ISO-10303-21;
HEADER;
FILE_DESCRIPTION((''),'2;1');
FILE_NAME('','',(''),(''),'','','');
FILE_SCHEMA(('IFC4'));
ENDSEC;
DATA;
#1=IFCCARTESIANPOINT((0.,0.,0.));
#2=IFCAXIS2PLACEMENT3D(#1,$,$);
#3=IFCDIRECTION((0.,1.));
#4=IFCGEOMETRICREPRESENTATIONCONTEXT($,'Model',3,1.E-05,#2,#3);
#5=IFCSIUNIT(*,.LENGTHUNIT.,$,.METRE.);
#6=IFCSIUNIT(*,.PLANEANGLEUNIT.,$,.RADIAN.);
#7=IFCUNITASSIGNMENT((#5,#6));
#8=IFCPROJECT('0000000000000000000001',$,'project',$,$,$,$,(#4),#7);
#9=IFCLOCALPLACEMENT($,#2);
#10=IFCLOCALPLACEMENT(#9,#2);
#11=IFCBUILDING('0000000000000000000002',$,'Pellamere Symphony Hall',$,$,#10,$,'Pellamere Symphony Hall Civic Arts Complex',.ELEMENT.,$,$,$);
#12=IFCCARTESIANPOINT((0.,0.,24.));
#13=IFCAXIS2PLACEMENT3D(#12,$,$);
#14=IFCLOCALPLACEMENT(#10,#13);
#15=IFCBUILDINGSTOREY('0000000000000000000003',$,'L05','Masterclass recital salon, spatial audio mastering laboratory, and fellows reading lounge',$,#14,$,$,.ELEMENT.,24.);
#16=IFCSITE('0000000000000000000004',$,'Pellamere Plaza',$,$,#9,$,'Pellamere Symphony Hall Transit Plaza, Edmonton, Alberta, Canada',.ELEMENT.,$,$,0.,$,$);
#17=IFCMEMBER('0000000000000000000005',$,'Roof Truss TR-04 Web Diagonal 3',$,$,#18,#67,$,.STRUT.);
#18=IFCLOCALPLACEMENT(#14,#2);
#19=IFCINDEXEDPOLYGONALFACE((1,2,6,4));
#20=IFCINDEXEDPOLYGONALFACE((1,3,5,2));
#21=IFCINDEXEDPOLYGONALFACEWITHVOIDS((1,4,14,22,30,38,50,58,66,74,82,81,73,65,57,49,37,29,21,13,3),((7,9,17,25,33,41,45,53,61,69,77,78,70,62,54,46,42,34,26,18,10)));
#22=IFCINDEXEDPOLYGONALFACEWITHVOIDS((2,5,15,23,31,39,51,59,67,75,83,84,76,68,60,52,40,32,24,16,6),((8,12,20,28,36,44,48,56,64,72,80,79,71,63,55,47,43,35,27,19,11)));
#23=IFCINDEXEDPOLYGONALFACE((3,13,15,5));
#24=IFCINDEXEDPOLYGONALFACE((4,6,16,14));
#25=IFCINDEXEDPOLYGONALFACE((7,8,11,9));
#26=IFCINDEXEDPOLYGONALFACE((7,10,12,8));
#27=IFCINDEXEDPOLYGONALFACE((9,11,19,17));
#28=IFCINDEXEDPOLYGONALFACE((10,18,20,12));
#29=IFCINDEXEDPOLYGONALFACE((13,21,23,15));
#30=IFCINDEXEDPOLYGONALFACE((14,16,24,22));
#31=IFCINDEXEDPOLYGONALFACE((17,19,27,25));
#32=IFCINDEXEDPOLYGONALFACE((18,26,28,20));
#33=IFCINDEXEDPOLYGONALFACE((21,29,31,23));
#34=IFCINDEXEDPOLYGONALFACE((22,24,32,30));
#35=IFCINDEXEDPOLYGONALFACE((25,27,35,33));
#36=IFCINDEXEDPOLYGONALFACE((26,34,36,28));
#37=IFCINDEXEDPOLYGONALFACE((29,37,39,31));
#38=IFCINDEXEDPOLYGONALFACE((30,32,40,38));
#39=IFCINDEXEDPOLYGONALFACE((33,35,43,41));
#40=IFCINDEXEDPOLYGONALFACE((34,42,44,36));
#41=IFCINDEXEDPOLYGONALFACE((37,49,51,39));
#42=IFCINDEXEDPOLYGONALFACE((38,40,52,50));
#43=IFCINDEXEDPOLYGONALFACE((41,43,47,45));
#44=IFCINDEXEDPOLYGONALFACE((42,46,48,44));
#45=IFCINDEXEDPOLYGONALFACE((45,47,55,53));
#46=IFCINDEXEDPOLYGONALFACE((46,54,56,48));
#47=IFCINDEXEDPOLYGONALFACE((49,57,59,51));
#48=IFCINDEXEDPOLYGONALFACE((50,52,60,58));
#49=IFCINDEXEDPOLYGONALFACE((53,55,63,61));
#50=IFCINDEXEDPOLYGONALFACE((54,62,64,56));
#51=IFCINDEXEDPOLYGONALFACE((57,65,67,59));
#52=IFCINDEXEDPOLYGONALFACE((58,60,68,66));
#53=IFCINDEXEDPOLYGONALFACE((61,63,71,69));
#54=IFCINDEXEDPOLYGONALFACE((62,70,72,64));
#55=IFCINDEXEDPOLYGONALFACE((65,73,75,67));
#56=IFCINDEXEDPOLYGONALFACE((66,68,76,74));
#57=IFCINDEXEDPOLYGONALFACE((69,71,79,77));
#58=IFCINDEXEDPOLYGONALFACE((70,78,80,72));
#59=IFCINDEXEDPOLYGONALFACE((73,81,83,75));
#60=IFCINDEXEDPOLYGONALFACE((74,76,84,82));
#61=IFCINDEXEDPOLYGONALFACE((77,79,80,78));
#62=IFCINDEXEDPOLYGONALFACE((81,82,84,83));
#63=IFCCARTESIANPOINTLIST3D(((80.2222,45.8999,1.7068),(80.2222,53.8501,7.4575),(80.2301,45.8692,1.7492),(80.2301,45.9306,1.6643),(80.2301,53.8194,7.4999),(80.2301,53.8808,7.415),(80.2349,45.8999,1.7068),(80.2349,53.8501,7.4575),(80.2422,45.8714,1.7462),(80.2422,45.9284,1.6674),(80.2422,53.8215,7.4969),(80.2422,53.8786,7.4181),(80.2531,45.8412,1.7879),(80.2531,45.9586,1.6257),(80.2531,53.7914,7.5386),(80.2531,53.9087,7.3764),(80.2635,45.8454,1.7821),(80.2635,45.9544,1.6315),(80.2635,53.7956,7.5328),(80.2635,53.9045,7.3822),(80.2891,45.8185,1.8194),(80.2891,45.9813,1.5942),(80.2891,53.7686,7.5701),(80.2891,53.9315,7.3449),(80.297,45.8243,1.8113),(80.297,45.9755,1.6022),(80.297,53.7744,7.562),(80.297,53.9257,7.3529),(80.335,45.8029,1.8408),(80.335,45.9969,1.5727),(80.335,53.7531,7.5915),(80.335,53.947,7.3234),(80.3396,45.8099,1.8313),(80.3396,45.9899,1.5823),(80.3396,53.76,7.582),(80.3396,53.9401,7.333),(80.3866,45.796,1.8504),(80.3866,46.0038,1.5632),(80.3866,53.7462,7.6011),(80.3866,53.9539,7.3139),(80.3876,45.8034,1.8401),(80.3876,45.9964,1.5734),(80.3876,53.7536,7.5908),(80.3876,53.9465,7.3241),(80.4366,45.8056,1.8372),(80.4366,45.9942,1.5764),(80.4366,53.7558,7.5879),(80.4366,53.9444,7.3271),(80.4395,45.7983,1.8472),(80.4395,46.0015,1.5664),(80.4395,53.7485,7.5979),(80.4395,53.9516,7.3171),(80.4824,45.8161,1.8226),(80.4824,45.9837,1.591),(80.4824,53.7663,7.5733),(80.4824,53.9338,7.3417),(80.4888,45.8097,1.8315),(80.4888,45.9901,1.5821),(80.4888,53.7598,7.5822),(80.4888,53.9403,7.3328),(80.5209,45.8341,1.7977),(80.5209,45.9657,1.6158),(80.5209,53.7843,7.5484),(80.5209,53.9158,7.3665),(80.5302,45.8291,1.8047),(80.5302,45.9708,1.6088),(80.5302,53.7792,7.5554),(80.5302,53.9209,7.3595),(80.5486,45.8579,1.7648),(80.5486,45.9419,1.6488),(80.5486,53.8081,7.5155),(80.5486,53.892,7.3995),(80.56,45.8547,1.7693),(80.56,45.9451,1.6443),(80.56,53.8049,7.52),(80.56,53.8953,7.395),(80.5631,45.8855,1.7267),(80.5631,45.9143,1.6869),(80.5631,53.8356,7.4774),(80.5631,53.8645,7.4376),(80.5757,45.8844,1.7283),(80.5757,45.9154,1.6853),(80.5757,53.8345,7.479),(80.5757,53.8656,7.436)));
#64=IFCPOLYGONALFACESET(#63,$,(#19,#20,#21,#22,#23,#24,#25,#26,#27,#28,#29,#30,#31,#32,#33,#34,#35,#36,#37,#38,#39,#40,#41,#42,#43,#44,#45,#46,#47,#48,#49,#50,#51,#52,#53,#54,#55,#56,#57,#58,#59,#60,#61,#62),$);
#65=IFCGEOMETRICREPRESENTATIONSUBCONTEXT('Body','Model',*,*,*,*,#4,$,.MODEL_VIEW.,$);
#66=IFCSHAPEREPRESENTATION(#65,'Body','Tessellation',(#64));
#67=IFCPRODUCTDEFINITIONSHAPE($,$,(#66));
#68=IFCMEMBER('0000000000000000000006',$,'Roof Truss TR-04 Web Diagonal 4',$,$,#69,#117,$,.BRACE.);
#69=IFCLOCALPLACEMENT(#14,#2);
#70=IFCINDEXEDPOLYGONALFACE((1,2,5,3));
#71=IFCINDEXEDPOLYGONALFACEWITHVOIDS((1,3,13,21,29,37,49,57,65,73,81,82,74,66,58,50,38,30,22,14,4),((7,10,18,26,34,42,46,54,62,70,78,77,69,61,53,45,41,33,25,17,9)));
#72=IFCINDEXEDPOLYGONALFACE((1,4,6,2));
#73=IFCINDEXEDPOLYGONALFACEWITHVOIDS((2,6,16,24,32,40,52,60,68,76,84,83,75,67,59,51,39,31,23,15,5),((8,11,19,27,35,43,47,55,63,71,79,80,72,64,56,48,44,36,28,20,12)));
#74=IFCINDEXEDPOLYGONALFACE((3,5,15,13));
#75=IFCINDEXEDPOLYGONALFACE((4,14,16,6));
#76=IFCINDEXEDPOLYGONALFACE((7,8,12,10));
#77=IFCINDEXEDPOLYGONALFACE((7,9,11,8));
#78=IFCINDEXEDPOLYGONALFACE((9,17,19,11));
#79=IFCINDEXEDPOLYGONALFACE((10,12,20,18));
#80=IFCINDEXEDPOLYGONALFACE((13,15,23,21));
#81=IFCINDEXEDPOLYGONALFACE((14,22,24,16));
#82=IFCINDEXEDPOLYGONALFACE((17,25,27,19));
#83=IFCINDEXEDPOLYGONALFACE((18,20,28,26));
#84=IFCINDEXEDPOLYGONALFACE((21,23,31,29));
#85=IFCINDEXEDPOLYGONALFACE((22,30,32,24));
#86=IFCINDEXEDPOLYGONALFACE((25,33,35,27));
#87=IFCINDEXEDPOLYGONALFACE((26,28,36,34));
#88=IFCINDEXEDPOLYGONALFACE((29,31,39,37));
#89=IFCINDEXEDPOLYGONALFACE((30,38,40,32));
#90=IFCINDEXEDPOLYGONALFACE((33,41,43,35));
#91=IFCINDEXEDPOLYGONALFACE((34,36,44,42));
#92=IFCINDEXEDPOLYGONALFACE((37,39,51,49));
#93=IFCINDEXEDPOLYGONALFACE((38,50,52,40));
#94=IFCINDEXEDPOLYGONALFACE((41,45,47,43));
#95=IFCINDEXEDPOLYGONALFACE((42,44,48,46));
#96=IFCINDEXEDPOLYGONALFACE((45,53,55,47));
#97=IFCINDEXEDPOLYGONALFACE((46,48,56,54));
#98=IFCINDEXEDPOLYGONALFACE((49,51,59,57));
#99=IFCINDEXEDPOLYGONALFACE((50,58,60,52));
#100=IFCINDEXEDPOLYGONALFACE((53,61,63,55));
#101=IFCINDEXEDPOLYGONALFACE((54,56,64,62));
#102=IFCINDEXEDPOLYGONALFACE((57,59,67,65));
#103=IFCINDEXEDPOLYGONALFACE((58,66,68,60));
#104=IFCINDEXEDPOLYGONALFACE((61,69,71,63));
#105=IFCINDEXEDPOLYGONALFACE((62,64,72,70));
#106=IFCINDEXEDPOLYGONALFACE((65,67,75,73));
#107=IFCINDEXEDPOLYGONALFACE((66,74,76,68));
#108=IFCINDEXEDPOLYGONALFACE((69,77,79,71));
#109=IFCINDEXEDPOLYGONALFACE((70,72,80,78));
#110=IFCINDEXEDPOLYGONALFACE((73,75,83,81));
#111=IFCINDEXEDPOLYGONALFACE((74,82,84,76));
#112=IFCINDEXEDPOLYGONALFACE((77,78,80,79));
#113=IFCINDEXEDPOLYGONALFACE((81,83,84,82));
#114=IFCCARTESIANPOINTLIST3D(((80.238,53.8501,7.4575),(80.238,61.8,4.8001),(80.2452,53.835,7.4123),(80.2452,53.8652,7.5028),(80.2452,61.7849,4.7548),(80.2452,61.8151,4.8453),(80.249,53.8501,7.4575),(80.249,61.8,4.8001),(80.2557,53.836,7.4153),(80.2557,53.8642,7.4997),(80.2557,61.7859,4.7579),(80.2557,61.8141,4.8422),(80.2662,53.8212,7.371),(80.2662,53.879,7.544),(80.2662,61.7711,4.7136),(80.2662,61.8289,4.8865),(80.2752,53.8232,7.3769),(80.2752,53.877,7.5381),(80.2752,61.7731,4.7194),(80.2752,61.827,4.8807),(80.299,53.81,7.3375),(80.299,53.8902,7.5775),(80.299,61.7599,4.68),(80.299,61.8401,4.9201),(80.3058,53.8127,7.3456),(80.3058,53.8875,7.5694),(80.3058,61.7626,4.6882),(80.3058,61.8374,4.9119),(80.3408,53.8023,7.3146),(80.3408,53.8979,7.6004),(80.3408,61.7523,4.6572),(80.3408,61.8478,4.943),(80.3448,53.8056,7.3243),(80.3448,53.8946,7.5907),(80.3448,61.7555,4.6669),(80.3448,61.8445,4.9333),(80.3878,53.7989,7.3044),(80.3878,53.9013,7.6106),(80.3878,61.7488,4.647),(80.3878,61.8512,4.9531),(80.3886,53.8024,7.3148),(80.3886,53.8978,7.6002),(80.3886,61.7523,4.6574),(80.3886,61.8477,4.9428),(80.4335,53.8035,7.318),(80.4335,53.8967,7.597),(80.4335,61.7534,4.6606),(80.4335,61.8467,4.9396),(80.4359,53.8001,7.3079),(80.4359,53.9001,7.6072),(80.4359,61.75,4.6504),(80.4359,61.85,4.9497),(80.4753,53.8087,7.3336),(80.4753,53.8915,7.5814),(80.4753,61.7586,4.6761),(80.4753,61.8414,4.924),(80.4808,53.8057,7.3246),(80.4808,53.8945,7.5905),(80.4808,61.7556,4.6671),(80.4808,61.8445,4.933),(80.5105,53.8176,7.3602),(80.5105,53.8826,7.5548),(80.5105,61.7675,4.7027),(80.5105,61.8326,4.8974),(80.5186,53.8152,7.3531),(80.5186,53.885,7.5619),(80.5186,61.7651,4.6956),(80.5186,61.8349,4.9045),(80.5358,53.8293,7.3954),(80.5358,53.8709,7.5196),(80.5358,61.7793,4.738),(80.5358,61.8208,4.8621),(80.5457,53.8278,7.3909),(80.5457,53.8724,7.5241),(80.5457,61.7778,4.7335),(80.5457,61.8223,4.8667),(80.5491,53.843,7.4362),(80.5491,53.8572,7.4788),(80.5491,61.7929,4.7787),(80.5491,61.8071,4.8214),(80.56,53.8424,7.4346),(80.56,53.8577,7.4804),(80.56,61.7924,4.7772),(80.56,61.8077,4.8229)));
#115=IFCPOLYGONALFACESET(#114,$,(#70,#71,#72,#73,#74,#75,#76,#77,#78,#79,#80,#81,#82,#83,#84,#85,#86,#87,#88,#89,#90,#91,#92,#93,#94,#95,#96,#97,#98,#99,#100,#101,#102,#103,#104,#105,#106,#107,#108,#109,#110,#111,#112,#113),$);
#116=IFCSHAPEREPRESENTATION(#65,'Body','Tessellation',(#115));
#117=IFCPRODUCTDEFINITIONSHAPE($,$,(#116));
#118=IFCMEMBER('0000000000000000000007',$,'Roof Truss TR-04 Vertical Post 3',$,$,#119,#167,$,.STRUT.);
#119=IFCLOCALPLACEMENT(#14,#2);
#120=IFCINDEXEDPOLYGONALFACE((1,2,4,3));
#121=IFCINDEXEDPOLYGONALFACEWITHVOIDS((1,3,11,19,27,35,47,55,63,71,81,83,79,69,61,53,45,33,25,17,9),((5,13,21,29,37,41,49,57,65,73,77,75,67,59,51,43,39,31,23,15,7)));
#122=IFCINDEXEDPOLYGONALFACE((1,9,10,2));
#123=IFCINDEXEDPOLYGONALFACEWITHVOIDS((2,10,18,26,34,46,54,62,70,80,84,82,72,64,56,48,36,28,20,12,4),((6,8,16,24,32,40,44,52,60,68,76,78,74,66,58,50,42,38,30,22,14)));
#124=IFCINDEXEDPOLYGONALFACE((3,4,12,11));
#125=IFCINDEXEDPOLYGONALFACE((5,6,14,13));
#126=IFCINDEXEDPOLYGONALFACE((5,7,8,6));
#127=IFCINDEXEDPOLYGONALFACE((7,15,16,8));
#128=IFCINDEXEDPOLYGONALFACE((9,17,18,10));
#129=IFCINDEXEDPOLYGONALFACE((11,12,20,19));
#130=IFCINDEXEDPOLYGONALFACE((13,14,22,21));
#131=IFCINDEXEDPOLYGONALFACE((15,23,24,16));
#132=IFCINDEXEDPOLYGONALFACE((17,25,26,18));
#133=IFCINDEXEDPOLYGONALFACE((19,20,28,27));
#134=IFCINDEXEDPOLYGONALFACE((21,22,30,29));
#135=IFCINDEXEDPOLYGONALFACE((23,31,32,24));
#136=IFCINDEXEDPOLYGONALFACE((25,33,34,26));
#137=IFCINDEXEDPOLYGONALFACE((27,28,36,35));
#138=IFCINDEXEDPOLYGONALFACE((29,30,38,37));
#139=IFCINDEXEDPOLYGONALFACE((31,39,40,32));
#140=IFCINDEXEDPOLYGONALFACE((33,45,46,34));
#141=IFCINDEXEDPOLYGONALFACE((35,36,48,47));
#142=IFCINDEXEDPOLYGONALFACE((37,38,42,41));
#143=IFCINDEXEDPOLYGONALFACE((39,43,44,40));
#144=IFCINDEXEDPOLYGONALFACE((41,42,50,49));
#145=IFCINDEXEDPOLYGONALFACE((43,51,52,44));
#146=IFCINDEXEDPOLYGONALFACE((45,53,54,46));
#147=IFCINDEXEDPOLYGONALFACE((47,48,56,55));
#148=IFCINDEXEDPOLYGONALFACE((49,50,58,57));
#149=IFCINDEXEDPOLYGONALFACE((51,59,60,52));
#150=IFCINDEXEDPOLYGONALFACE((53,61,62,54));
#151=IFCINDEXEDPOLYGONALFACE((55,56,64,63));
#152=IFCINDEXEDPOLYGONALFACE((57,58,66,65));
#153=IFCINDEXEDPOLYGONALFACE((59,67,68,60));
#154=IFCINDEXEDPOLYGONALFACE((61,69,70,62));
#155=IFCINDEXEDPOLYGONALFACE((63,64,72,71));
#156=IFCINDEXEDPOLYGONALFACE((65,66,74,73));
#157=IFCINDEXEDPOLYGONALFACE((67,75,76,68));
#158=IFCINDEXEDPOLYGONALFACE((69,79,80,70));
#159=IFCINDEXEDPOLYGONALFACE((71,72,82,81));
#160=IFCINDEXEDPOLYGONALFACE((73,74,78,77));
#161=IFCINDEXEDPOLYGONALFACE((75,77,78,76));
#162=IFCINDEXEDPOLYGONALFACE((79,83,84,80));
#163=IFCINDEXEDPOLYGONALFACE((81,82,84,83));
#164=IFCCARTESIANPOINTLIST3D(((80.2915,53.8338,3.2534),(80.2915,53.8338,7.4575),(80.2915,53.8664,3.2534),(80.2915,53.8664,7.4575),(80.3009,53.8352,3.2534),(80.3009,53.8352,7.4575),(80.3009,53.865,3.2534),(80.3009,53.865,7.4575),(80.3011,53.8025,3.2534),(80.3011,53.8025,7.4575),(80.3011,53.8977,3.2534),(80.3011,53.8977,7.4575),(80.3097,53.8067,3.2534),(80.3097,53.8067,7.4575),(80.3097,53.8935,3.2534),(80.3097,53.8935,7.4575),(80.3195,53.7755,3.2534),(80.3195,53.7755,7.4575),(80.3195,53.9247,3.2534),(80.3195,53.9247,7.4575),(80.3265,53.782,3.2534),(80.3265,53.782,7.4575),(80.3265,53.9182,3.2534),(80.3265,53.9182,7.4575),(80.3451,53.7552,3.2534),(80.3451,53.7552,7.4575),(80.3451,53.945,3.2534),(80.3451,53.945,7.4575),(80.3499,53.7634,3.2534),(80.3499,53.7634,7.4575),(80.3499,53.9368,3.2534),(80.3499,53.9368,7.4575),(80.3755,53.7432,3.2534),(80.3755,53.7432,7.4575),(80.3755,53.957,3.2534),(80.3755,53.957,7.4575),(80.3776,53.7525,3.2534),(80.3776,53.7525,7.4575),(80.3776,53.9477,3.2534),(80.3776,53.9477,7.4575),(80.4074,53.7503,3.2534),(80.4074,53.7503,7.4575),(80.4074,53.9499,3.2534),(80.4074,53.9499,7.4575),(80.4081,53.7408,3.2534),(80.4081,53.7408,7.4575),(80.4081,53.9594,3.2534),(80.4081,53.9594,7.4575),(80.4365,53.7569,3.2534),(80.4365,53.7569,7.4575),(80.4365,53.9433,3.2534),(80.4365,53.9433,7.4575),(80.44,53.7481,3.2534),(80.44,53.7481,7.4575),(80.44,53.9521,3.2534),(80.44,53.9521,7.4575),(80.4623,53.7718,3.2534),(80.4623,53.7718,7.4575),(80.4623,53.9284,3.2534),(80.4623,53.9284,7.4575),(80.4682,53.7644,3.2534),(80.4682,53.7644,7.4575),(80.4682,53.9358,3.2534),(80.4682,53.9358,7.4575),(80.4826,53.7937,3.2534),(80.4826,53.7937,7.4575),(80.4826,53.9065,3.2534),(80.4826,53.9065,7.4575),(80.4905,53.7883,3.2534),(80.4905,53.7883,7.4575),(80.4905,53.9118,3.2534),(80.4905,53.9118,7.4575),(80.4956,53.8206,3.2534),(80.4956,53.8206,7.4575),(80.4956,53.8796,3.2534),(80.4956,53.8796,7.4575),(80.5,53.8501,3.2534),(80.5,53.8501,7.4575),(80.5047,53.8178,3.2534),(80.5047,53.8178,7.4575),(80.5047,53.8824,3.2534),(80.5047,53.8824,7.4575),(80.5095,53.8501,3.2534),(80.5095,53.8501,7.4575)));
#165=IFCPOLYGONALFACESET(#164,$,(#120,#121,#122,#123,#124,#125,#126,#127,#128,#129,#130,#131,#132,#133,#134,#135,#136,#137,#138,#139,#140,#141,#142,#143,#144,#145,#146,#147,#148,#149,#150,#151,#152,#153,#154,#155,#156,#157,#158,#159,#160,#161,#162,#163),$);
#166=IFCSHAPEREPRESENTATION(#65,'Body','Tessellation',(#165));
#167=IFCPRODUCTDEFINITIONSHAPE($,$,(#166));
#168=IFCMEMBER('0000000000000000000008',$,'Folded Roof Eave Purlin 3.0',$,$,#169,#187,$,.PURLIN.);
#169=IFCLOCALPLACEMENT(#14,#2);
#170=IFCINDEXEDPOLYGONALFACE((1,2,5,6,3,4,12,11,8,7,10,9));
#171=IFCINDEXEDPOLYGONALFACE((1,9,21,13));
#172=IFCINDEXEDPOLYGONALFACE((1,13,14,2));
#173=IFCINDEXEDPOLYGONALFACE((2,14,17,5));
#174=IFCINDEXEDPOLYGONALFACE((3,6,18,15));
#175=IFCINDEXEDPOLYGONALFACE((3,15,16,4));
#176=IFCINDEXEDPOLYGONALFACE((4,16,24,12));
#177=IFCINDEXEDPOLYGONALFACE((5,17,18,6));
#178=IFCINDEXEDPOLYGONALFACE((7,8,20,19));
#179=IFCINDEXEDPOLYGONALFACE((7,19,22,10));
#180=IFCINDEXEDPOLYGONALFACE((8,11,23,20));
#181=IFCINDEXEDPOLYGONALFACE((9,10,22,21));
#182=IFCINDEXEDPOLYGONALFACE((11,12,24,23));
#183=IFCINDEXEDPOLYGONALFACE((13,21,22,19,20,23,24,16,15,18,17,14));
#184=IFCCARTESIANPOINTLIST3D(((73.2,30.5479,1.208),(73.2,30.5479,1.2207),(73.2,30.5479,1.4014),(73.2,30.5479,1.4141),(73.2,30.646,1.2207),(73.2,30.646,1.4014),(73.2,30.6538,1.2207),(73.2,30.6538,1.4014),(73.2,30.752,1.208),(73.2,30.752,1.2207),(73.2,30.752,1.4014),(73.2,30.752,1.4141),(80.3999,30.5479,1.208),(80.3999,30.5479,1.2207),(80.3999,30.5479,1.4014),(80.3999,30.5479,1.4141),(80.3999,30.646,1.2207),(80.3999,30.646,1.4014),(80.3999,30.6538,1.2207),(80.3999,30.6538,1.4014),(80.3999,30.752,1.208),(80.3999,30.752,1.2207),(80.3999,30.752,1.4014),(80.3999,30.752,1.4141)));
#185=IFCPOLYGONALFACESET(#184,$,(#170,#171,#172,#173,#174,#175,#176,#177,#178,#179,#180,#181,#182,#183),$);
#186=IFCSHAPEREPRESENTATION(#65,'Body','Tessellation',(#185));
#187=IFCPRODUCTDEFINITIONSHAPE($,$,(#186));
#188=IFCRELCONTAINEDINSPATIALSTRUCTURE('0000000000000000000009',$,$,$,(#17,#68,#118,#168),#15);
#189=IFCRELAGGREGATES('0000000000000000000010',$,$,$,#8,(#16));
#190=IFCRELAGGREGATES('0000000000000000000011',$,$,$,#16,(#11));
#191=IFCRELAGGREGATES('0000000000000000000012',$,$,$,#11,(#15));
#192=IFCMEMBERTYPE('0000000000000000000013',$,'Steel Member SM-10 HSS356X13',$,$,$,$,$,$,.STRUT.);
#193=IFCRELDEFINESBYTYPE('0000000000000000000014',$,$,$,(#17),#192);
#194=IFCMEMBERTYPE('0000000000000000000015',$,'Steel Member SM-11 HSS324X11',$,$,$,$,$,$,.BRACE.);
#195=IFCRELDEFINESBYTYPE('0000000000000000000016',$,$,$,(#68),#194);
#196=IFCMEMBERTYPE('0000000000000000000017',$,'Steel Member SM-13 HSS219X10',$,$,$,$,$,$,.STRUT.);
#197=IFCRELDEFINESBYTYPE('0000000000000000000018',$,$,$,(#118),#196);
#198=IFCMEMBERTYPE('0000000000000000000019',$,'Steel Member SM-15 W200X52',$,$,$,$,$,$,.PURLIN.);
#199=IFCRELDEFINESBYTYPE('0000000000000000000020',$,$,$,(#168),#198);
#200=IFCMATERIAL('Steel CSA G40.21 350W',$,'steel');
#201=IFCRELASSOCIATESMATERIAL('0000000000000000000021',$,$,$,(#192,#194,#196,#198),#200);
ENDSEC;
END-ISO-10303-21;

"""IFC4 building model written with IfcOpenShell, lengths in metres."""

from ifc_helpers import new_model, si_unit, direction, frame, origin, origin_2d, place, context, subcontext, project, spatial, hollow_circle, i_section, extrude, material, material_profile, profile_set, type_object, element, save


model = new_model("IFC4")

# Units and contexts
model_context = context("Model", 3, precision=1e-05, world=origin(), true_north=direction((0.0, 1.0)))
body_context = subcontext(model_context, "Body", "Model", "MODEL_VIEW")
ifc_project = project(units=[si_unit("LENGTHUNIT", "METRE"), si_unit("PLANEANGLEUNIT", "RADIAN")], contexts=[model_context])

# Site, building, storey
site_placement = place(None, origin())
site = spatial("IfcSite", under=ifc_project, at=site_placement, Name="Pellamere Plaza", LongName="Pellamere Symphony Hall Transit Plaza, Edmonton, Alberta, Canada", CompositionType="ELEMENT", RefElevation=0.0)
building_placement = place(site_placement, origin())
building = spatial("IfcBuilding", under=site, at=building_placement, Name="Pellamere Symphony Hall", LongName="Pellamere Symphony Hall Civic Arts Complex", CompositionType="ELEMENT")
storey_placement = place(building_placement, frame((0.0, 0.0, 24.0)))
storey = spatial("IfcBuildingStorey", under=building, at=storey_placement, Name="L05", Description="Masterclass recital salon, spatial audio mastering laboratory, and fellows reading lounge", CompositionType="ELEMENT", Elevation=24.0)

# Shared definitions
ifc_material_1 = material(Name="Steel CSA G40.21 350W", Category="steel")

# Members
ifc_material_profile_1 = material_profile(ifc_material_1, hollow_circle(Radius=0.1777, WallThickness=0.0127, at=origin_2d()), Name="HSS356X13")
ifc_profile_set_1 = profile_set([ifc_material_profile_1], Name="Steel CSA G40.21 350W")
member_type_1 = type_object("IfcMemberType", Name="Steel Member SM-10 HSS356X13", PredefinedType="STRUT", material=ifc_profile_set_1)
member_1_placement = place(storey_placement, frame((80.3999, 45.8999, 1.7068), z_axis=(0.0, 0.810247, 0.586088), x_axis=(-1.0, 0.0, 0.0)))
element("IfcMember", 1, at=member_1_placement, inside=storey, type_object=member_type_1, Name="Roof Truss TR-04 Web Diagonal 3", PredefinedType="STRUT", context=body_context, shape_type="SweptSolid", body=[
    extrude(hollow_circle(Radius=0.1777, WallThickness=0.0127, at=origin_2d()), origin(), (0.0, 0.0, 1.0), 9.812),
])
ifc_material_profile_2 = material_profile(ifc_material_1, hollow_circle(Radius=0.1619, WallThickness=0.011, at=origin_2d()), Name="HSS324X11")
ifc_profile_set_2 = profile_set([ifc_material_profile_2], Name="Steel CSA G40.21 350W")
member_type_2 = type_object("IfcMemberType", Name="Steel Member SM-11 HSS324X11", PredefinedType="BRACE", material=ifc_profile_set_2)
member_2_placement = place(storey_placement, frame((80.3999, 53.8501, 7.4575), z_axis=(0.0, 0.948415, -0.317032), x_axis=(-1.0, 0.0, 0.0)))
element("IfcMember", 2, at=member_2_placement, inside=storey, type_object=member_type_2, Name="Roof Truss TR-04 Web Diagonal 4", PredefinedType="BRACE", context=body_context, shape_type="SweptSolid", body=[
    extrude(hollow_circle(Radius=0.1619, WallThickness=0.011, at=origin_2d()), origin(), (0.0, 0.0, 1.0), 8.3823),
])
ifc_material_profile_3 = material_profile(ifc_material_1, hollow_circle(Radius=0.1096, WallThickness=0.0095, at=origin_2d()), Name="HSS219X10")
ifc_profile_set_3 = profile_set([ifc_material_profile_3], Name="Steel CSA G40.21 350W")
member_type_3 = type_object("IfcMemberType", Name="Steel Member SM-13 HSS219X10", PredefinedType="STRUT", material=ifc_profile_set_3)
member_3_placement = place(storey_placement, frame((80.3999, 53.8501, 3.2534), z_axis=(0.0, 0.0, 1.0), x_axis=(1.0, 0.0, 0.0)))
element("IfcMember", 3, at=member_3_placement, inside=storey, type_object=member_type_3, Name="Roof Truss TR-04 Vertical Post 3", PredefinedType="STRUT", context=body_context, shape_type="SweptSolid", body=[
    extrude(hollow_circle(Radius=0.1096, WallThickness=0.0095, at=origin_2d()), origin(), (0.0, 0.0, 1.0), 4.2041),
])
ifc_material_profile_4 = material_profile(ifc_material_1, i_section(OverallWidth=0.2041, OverallDepth=0.2061, WebThickness=0.0078, FlangeThickness=0.0127, at=origin_2d()), Name="W200X52")
ifc_profile_set_4 = profile_set([ifc_material_profile_4], Name="Steel CSA G40.21 350W")
member_type_4 = type_object("IfcMemberType", Name="Steel Member SM-15 W200X52", PredefinedType="PURLIN", material=ifc_profile_set_4)
for number, where, z_axis, x_axis, name in (
    (4, (73.2, 30.6499, 1.311), (1.0, 0.0, 0.0), (0.0, 1.0, 0.0), "Folded Roof Eave Purlin 3.0"),
):
    element("IfcMember", number, at=place(storey_placement, frame(where, z_axis=z_axis, x_axis=x_axis)), inside=storey, type_object=member_type_4, Name=name, PredefinedType="PURLIN", context=body_context, shape_type="SweptSolid", body=[
        extrude(i_section(OverallWidth=0.2041, OverallDepth=0.2061, WebThickness=0.0078, FlangeThickness=0.0127, at=origin_2d()), origin(), (0.0, 0.0, 1.0), 7.2),
    ])

save(model, "model.ifc")
